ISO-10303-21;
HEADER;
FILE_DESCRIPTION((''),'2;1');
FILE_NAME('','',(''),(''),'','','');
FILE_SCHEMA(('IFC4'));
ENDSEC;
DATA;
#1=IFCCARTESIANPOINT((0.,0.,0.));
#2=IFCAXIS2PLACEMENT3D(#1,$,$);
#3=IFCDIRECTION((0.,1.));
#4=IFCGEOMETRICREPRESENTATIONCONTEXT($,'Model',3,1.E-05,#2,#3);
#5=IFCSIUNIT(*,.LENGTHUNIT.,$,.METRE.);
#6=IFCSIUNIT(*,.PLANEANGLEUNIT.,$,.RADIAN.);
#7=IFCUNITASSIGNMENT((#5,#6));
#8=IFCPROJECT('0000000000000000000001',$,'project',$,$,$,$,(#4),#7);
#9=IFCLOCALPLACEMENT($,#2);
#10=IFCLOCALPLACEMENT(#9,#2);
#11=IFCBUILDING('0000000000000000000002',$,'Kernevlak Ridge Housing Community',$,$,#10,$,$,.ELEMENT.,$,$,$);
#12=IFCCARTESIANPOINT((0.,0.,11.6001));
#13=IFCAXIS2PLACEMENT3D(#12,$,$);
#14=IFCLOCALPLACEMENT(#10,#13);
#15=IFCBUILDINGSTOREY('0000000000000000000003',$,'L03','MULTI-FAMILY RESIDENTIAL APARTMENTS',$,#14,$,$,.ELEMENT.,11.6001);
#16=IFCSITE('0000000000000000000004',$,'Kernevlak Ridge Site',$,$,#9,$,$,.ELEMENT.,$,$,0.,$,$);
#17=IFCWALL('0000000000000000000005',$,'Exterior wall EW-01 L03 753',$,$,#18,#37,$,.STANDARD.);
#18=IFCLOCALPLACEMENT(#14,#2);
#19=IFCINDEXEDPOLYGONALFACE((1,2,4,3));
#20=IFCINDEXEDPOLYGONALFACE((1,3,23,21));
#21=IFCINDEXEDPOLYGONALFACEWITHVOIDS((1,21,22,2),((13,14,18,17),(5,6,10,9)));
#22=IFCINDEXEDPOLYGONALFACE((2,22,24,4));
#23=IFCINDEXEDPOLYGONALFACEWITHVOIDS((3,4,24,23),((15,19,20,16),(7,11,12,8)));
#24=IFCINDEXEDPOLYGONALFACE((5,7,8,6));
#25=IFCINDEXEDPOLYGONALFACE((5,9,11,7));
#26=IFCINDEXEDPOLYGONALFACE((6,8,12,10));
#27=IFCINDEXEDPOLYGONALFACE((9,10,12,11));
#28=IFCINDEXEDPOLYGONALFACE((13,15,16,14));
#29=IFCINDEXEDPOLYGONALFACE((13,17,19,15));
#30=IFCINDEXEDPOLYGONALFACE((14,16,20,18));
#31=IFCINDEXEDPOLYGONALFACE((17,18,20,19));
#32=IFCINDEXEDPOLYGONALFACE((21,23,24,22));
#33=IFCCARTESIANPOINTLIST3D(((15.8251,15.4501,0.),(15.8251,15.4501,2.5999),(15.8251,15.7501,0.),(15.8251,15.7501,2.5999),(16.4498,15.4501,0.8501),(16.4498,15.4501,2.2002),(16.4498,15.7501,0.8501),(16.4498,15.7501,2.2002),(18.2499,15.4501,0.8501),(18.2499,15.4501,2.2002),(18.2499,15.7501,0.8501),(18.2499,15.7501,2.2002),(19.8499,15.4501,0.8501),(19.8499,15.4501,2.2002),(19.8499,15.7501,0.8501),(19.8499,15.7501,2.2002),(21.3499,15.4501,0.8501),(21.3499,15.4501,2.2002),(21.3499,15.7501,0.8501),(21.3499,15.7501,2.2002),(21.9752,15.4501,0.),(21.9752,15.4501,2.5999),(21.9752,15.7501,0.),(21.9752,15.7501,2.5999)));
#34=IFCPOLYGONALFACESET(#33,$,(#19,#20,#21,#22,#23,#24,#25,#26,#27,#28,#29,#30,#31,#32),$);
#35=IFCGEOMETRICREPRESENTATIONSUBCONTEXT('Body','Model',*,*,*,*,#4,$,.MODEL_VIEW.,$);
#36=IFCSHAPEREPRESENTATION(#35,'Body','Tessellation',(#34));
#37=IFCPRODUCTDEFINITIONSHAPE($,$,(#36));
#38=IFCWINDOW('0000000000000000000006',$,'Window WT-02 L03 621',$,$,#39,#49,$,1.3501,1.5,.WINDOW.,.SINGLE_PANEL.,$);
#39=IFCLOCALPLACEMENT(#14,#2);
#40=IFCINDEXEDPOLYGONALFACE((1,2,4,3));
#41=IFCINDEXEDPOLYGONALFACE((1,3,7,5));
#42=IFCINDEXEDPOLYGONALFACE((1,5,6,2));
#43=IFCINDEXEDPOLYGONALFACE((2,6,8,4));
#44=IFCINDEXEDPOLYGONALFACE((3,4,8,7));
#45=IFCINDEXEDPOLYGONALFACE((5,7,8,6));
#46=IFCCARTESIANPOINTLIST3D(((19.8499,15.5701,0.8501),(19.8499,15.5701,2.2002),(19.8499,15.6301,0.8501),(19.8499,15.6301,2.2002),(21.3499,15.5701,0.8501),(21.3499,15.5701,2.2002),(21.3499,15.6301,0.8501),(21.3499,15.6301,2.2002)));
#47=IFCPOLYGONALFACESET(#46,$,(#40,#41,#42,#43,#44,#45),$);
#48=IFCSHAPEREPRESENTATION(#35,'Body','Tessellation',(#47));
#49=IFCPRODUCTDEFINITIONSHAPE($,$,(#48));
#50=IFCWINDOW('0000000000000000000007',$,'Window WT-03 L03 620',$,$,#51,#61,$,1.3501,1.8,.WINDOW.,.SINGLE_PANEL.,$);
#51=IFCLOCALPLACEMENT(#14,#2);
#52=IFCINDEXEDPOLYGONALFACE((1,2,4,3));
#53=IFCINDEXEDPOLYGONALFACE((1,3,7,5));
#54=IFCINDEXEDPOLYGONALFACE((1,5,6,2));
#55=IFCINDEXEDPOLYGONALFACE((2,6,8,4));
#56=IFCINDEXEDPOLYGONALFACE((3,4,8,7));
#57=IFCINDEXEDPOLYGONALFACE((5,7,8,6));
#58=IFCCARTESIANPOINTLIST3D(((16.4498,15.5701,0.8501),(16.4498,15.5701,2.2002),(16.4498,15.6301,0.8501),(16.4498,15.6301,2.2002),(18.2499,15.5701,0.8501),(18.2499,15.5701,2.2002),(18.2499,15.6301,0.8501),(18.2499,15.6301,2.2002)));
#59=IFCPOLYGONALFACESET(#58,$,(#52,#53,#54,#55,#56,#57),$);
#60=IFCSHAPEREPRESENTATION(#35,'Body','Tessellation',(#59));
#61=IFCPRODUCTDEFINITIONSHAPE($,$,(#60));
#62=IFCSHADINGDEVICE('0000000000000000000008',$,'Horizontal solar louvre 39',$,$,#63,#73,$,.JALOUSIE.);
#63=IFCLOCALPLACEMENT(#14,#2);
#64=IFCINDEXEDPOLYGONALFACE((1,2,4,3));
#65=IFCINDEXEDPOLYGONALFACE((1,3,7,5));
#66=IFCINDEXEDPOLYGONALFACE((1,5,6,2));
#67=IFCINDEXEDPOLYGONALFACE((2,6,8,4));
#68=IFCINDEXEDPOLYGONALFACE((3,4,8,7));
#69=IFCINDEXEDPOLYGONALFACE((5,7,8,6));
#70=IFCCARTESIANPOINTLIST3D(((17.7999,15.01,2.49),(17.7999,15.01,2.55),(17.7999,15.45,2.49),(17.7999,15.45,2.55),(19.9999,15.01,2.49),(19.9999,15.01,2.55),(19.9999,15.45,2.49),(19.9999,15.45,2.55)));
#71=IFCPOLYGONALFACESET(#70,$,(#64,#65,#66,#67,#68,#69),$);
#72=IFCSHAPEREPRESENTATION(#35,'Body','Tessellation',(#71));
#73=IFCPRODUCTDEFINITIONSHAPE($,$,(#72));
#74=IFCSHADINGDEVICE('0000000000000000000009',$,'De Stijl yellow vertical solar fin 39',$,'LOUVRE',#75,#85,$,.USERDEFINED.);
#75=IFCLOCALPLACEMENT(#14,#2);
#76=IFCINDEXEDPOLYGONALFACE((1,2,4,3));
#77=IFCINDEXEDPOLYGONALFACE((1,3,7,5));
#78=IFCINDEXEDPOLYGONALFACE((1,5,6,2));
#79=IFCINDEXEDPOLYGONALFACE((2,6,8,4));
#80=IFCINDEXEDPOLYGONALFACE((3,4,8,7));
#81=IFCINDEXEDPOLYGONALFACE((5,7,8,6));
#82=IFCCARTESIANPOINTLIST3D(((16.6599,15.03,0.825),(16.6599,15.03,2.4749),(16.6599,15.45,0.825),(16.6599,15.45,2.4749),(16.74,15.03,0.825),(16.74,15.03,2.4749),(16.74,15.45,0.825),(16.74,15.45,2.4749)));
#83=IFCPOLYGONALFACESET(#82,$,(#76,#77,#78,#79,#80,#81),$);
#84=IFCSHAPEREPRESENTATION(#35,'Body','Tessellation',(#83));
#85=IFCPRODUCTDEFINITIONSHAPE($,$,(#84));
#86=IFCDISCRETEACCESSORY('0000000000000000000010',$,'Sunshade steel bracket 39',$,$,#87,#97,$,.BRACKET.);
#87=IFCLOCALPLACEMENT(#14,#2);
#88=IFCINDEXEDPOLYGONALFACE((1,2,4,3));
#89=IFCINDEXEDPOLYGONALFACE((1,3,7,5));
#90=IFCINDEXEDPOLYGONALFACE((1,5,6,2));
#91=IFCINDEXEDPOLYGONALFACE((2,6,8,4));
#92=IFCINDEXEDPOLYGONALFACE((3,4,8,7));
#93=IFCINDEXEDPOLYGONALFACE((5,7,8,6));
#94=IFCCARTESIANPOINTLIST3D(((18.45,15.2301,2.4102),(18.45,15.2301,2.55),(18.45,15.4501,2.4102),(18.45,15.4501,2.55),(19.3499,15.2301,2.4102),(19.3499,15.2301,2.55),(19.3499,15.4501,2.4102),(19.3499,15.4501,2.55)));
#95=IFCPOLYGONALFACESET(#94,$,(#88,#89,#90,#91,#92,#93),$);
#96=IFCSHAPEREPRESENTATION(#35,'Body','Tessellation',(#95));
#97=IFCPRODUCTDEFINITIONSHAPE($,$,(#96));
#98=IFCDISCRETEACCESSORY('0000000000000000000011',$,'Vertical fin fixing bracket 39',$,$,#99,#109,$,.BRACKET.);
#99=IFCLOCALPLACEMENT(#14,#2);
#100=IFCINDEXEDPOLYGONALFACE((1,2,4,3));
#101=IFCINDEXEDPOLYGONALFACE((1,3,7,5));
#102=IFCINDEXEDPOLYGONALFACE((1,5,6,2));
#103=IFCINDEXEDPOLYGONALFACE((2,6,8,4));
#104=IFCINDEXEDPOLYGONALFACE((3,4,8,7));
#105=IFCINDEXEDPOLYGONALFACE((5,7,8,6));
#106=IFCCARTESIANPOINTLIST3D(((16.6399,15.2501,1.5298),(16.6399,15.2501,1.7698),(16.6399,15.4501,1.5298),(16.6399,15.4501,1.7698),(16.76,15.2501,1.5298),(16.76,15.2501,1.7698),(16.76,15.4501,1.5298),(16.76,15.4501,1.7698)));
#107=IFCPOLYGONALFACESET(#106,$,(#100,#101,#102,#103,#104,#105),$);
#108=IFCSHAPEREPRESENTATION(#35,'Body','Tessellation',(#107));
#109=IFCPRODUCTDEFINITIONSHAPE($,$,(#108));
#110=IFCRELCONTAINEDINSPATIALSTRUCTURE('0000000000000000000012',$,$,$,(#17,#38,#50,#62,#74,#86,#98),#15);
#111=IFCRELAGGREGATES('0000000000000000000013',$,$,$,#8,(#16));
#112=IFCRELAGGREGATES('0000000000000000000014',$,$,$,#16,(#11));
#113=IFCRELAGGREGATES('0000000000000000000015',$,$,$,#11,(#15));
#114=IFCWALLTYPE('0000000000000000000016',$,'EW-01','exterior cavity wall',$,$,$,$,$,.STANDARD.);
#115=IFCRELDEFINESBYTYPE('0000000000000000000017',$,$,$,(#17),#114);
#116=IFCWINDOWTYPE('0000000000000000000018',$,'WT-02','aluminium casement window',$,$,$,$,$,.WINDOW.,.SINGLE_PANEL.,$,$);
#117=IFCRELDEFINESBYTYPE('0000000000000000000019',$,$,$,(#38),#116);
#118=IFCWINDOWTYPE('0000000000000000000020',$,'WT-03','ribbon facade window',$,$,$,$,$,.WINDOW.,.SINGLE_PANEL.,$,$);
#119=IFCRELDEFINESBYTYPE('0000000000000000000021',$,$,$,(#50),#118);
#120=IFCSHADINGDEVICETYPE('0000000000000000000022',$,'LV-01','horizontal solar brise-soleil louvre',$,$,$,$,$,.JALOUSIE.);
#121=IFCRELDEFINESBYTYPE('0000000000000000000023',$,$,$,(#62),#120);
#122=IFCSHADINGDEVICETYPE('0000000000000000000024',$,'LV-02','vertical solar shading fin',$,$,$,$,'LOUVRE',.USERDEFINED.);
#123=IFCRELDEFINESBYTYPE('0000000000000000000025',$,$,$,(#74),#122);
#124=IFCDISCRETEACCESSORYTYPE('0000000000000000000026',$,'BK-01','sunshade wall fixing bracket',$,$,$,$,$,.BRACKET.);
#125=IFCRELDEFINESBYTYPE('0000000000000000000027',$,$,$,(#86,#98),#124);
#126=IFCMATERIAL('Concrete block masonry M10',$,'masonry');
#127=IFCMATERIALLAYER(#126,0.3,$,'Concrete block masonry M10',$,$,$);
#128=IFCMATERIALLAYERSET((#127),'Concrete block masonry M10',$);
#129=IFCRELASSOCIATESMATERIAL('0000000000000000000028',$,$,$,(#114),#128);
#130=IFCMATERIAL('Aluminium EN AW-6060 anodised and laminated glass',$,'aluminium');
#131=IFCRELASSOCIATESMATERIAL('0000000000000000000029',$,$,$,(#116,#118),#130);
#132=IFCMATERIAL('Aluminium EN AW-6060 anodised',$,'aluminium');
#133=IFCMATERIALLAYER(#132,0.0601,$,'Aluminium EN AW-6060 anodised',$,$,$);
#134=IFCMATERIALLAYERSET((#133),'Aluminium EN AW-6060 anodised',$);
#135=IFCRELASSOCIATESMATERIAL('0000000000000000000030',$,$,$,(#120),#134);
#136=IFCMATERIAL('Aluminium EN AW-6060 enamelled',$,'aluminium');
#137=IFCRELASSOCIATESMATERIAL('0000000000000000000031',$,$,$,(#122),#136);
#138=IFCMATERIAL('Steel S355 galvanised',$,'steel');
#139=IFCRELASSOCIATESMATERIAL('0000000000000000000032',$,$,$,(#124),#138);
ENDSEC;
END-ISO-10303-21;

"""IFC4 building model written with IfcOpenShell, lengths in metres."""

from ifc_helpers import new_model, si_unit, direction, frame, frame_2d, origin, origin_2d, place, context, subcontext, project, spatial, rectangle, extrude, material, layer, layer_set, type_object, element, fill, save


model = new_model("IFC4")

# Units and contexts
model_context = context("Model", 3, precision=1e-05, world=origin(), true_north=direction((0.0, 1.0)))
body_context = subcontext(model_context, "Body", "Model", "MODEL_VIEW")
ifc_project = project(units=[si_unit("LENGTHUNIT", "METRE"), si_unit("PLANEANGLEUNIT", "RADIAN")], contexts=[model_context])

# Site, building, storey
site_placement = place(None, origin())
site = spatial("IfcSite", under=ifc_project, at=site_placement, Name="Kernevlak Ridge Site", CompositionType="ELEMENT", RefElevation=0.0)
building_placement = place(site_placement, origin())
building = spatial("IfcBuilding", under=site, at=building_placement, Name="Kernevlak Ridge Housing Community", CompositionType="ELEMENT")
storey_placement = place(building_placement, frame((0.0, 0.0, 11.6001)))
storey = spatial("IfcBuildingStorey", under=building, at=storey_placement, Name="L03", Description="MULTI-FAMILY RESIDENTIAL APARTMENTS", CompositionType="ELEMENT", Elevation=11.6001)

# Wall, openings, windows
ifc_material_1 = material(Name="Concrete block masonry M10", Category="masonry")
ifc_layer_1 = layer(ifc_material_1, 0.3, Name="Concrete block masonry M10")
ifc_layer_set_1 = layer_set([ifc_layer_1], Name="Concrete block masonry M10")
wall_type = type_object("IfcWallType", Name="EW-01", Description="exterior cavity wall", PredefinedType="STANDARD", material=ifc_layer_set_1)
wall_placement = place(storey_placement, frame((15.825, 15.6001, 0.0), z_axis=(0.0, 0.0, 1.0), x_axis=(1.0, 0.0, 0.0)))
wall = element("IfcWall", 1, at=wall_placement, inside=storey, type_object=wall_type, Name="Exterior wall EW-01 L03 753", PredefinedType="STANDARD", context=body_context, shape_type="SweptSolid", body=[
    extrude(rectangle(XDim=6.1501, YDim=0.3, at=frame_2d((3.0752, 0.0))), origin(), (0.0, 0.0, 1.0), 2.5999),
])
opening_1_placement = place(wall_placement, frame((0.625, 0.0, 0.8501)))
opening_1 = element("IfcOpeningElement", 2, at=opening_1_placement, cuts=wall, PredefinedType="OPENING", context=body_context, shape_type="SweptSolid", body=[
    extrude(rectangle(XDim=1.8, YDim=1.3501, at=frame_2d((0.8999, 0.675))), frame((0.0, 0.1599, 0.0), z_axis=(0.0, -1.0, 0.0), x_axis=(1.0, 0.0, 0.0)), (0.0, 0.0, 1.0), 0.3201),
])
opening_2_placement = place(wall_placement, frame((4.0249, 0.0, 0.8501)))
opening_2 = element("IfcOpeningElement", 3, at=opening_2_placement, cuts=wall, PredefinedType="OPENING", context=body_context, shape_type="SweptSolid", body=[
    extrude(rectangle(XDim=1.5, YDim=1.3501, at=frame_2d((0.75, 0.675))), frame((0.0, 0.1599, 0.0), z_axis=(0.0, -1.0, 0.0), x_axis=(1.0, 0.0, 0.0)), (0.0, 0.0, 1.0), 0.3201),
])
ifc_material_2 = material(Name="Aluminium EN AW-6060 anodised and laminated glass", Category="aluminium")
window_type_1 = type_object("IfcWindowType", Name="WT-02", Description="aluminium casement window", PartitioningType="SINGLE_PANEL", PredefinedType="WINDOW", material=ifc_material_2)
window_1_placement = place(opening_2_placement, origin())
window_1 = element("IfcWindow", 4, at=window_1_placement, inside=storey, type_object=window_type_1, Name="Window WT-02 L03 621", OverallHeight=1.3501, OverallWidth=1.5, PartitioningType="SINGLE_PANEL", PredefinedType="WINDOW", context=body_context, shape_type="SweptSolid", body=[
    extrude(rectangle(XDim=1.5, YDim=1.3501, at=frame_2d((0.75, 0.675))), frame((0.0, 0.03, 0.0), z_axis=(0.0, -1.0, 0.0), x_axis=(1.0, 0.0, 0.0)), (0.0, 0.0, 1.0), 0.0601),
])
fill(opening_2, window_1)
window_type_2 = type_object("IfcWindowType", Name="WT-03", Description="ribbon facade window", PartitioningType="SINGLE_PANEL", PredefinedType="WINDOW", material=ifc_material_2)
window_2_placement = place(opening_1_placement, origin())
window_2 = element("IfcWindow", 5, at=window_2_placement, inside=storey, type_object=window_type_2, Name="Window WT-03 L03 620", OverallHeight=1.3501, OverallWidth=1.8, PartitioningType="SINGLE_PANEL", PredefinedType="WINDOW", context=body_context, shape_type="SweptSolid", body=[
    extrude(rectangle(XDim=1.8, YDim=1.3501, at=frame_2d((0.8999, 0.675))), frame((0.0, 0.03, 0.0), z_axis=(0.0, -1.0, 0.0), x_axis=(1.0, 0.0, 0.0)), (0.0, 0.0, 1.0), 0.0601),
])
fill(opening_1, window_2)

# Shading devices
ifc_material_3 = material(Name="Aluminium EN AW-6060 anodised", Category="aluminium")
ifc_layer_2 = layer(ifc_material_3, 0.0601, Name="Aluminium EN AW-6060 anodised")
ifc_layer_set_2 = layer_set([ifc_layer_2], Name="Aluminium EN AW-6060 anodised")
shading_device_type_1 = type_object("IfcShadingDeviceType", Name="LV-01", Description="horizontal solar brise-soleil louvre", PredefinedType="JALOUSIE", material=ifc_layer_set_2)
shading_device_1_placement = place(storey_placement, frame((18.8999, 15.23, 2.49), z_axis=(0.0, 0.0, 1.0), x_axis=(1.0, 0.0, 0.0)))
element("IfcShadingDevice", 6, at=shading_device_1_placement, inside=storey, type_object=shading_device_type_1, Name="Horizontal solar louvre 39", PredefinedType="JALOUSIE", context=body_context, shape_type="SweptSolid", body=[
    extrude(rectangle(XDim=2.2, YDim=0.4399, at=origin_2d()), origin(), (0.0, 0.0, 1.0), 0.0601),
])
ifc_material_4 = material(Name="Aluminium EN AW-6060 enamelled", Category="aluminium")
shading_device_type_2 = type_object("IfcShadingDeviceType", Name="LV-02", Description="vertical solar shading fin", ElementType="LOUVRE", PredefinedType="USERDEFINED", material=ifc_material_4)
shading_device_2_placement = place(storey_placement, frame((16.7, 15.24, 0.825), z_axis=(0.0, 0.0, 1.0), x_axis=(1.0, 0.0, 0.0)))
element("IfcShadingDevice", 7, at=shading_device_2_placement, inside=storey, type_object=shading_device_type_2, Name="De Stijl yellow vertical solar fin 39", ObjectType="LOUVRE", PredefinedType="USERDEFINED", context=body_context, shape_type="SweptSolid", body=[
    extrude(rectangle(XDim=0.0801, YDim=0.4199, at=origin_2d()), origin(), (0.0, 0.0, 1.0), 1.6499),
])

# Discrete accessories
ifc_material_5 = material(Name="Steel S355 galvanised", Category="steel")
discrete_accessory_type = type_object("IfcDiscreteAccessoryType", Name="BK-01", Description="sunshade wall fixing bracket", PredefinedType="BRACKET", material=ifc_material_5)
discrete_accessory_1_placement = place(storey_placement, frame((18.8999, 15.3401, 2.4102), z_axis=(0.0, 0.0, 1.0), x_axis=(1.0, 0.0, 0.0)))
element("IfcDiscreteAccessory", 8, at=discrete_accessory_1_placement, inside=storey, type_object=discrete_accessory_type, Name="Sunshade steel bracket 39", PredefinedType="BRACKET", context=body_context, shape_type="SweptSolid", body=[
    extrude(rectangle(XDim=0.8999, YDim=0.22, at=origin_2d()), origin(), (0.0, 0.0, 1.0), 0.1399),
])
discrete_accessory_2_placement = place(storey_placement, frame((16.7, 15.3501, 1.5298), z_axis=(0.0, 0.0, 1.0), x_axis=(1.0, 0.0, 0.0)))
element("IfcDiscreteAccessory", 9, at=discrete_accessory_2_placement, inside=storey, type_object=discrete_accessory_type, Name="Vertical fin fixing bracket 39", PredefinedType="BRACKET", context=body_context, shape_type="SweptSolid", body=[
    extrude(rectangle(XDim=0.1201, YDim=0.2, at=origin_2d()), origin(), (0.0, 0.0, 1.0), 0.24),
])

save(model, "model.ifc")
